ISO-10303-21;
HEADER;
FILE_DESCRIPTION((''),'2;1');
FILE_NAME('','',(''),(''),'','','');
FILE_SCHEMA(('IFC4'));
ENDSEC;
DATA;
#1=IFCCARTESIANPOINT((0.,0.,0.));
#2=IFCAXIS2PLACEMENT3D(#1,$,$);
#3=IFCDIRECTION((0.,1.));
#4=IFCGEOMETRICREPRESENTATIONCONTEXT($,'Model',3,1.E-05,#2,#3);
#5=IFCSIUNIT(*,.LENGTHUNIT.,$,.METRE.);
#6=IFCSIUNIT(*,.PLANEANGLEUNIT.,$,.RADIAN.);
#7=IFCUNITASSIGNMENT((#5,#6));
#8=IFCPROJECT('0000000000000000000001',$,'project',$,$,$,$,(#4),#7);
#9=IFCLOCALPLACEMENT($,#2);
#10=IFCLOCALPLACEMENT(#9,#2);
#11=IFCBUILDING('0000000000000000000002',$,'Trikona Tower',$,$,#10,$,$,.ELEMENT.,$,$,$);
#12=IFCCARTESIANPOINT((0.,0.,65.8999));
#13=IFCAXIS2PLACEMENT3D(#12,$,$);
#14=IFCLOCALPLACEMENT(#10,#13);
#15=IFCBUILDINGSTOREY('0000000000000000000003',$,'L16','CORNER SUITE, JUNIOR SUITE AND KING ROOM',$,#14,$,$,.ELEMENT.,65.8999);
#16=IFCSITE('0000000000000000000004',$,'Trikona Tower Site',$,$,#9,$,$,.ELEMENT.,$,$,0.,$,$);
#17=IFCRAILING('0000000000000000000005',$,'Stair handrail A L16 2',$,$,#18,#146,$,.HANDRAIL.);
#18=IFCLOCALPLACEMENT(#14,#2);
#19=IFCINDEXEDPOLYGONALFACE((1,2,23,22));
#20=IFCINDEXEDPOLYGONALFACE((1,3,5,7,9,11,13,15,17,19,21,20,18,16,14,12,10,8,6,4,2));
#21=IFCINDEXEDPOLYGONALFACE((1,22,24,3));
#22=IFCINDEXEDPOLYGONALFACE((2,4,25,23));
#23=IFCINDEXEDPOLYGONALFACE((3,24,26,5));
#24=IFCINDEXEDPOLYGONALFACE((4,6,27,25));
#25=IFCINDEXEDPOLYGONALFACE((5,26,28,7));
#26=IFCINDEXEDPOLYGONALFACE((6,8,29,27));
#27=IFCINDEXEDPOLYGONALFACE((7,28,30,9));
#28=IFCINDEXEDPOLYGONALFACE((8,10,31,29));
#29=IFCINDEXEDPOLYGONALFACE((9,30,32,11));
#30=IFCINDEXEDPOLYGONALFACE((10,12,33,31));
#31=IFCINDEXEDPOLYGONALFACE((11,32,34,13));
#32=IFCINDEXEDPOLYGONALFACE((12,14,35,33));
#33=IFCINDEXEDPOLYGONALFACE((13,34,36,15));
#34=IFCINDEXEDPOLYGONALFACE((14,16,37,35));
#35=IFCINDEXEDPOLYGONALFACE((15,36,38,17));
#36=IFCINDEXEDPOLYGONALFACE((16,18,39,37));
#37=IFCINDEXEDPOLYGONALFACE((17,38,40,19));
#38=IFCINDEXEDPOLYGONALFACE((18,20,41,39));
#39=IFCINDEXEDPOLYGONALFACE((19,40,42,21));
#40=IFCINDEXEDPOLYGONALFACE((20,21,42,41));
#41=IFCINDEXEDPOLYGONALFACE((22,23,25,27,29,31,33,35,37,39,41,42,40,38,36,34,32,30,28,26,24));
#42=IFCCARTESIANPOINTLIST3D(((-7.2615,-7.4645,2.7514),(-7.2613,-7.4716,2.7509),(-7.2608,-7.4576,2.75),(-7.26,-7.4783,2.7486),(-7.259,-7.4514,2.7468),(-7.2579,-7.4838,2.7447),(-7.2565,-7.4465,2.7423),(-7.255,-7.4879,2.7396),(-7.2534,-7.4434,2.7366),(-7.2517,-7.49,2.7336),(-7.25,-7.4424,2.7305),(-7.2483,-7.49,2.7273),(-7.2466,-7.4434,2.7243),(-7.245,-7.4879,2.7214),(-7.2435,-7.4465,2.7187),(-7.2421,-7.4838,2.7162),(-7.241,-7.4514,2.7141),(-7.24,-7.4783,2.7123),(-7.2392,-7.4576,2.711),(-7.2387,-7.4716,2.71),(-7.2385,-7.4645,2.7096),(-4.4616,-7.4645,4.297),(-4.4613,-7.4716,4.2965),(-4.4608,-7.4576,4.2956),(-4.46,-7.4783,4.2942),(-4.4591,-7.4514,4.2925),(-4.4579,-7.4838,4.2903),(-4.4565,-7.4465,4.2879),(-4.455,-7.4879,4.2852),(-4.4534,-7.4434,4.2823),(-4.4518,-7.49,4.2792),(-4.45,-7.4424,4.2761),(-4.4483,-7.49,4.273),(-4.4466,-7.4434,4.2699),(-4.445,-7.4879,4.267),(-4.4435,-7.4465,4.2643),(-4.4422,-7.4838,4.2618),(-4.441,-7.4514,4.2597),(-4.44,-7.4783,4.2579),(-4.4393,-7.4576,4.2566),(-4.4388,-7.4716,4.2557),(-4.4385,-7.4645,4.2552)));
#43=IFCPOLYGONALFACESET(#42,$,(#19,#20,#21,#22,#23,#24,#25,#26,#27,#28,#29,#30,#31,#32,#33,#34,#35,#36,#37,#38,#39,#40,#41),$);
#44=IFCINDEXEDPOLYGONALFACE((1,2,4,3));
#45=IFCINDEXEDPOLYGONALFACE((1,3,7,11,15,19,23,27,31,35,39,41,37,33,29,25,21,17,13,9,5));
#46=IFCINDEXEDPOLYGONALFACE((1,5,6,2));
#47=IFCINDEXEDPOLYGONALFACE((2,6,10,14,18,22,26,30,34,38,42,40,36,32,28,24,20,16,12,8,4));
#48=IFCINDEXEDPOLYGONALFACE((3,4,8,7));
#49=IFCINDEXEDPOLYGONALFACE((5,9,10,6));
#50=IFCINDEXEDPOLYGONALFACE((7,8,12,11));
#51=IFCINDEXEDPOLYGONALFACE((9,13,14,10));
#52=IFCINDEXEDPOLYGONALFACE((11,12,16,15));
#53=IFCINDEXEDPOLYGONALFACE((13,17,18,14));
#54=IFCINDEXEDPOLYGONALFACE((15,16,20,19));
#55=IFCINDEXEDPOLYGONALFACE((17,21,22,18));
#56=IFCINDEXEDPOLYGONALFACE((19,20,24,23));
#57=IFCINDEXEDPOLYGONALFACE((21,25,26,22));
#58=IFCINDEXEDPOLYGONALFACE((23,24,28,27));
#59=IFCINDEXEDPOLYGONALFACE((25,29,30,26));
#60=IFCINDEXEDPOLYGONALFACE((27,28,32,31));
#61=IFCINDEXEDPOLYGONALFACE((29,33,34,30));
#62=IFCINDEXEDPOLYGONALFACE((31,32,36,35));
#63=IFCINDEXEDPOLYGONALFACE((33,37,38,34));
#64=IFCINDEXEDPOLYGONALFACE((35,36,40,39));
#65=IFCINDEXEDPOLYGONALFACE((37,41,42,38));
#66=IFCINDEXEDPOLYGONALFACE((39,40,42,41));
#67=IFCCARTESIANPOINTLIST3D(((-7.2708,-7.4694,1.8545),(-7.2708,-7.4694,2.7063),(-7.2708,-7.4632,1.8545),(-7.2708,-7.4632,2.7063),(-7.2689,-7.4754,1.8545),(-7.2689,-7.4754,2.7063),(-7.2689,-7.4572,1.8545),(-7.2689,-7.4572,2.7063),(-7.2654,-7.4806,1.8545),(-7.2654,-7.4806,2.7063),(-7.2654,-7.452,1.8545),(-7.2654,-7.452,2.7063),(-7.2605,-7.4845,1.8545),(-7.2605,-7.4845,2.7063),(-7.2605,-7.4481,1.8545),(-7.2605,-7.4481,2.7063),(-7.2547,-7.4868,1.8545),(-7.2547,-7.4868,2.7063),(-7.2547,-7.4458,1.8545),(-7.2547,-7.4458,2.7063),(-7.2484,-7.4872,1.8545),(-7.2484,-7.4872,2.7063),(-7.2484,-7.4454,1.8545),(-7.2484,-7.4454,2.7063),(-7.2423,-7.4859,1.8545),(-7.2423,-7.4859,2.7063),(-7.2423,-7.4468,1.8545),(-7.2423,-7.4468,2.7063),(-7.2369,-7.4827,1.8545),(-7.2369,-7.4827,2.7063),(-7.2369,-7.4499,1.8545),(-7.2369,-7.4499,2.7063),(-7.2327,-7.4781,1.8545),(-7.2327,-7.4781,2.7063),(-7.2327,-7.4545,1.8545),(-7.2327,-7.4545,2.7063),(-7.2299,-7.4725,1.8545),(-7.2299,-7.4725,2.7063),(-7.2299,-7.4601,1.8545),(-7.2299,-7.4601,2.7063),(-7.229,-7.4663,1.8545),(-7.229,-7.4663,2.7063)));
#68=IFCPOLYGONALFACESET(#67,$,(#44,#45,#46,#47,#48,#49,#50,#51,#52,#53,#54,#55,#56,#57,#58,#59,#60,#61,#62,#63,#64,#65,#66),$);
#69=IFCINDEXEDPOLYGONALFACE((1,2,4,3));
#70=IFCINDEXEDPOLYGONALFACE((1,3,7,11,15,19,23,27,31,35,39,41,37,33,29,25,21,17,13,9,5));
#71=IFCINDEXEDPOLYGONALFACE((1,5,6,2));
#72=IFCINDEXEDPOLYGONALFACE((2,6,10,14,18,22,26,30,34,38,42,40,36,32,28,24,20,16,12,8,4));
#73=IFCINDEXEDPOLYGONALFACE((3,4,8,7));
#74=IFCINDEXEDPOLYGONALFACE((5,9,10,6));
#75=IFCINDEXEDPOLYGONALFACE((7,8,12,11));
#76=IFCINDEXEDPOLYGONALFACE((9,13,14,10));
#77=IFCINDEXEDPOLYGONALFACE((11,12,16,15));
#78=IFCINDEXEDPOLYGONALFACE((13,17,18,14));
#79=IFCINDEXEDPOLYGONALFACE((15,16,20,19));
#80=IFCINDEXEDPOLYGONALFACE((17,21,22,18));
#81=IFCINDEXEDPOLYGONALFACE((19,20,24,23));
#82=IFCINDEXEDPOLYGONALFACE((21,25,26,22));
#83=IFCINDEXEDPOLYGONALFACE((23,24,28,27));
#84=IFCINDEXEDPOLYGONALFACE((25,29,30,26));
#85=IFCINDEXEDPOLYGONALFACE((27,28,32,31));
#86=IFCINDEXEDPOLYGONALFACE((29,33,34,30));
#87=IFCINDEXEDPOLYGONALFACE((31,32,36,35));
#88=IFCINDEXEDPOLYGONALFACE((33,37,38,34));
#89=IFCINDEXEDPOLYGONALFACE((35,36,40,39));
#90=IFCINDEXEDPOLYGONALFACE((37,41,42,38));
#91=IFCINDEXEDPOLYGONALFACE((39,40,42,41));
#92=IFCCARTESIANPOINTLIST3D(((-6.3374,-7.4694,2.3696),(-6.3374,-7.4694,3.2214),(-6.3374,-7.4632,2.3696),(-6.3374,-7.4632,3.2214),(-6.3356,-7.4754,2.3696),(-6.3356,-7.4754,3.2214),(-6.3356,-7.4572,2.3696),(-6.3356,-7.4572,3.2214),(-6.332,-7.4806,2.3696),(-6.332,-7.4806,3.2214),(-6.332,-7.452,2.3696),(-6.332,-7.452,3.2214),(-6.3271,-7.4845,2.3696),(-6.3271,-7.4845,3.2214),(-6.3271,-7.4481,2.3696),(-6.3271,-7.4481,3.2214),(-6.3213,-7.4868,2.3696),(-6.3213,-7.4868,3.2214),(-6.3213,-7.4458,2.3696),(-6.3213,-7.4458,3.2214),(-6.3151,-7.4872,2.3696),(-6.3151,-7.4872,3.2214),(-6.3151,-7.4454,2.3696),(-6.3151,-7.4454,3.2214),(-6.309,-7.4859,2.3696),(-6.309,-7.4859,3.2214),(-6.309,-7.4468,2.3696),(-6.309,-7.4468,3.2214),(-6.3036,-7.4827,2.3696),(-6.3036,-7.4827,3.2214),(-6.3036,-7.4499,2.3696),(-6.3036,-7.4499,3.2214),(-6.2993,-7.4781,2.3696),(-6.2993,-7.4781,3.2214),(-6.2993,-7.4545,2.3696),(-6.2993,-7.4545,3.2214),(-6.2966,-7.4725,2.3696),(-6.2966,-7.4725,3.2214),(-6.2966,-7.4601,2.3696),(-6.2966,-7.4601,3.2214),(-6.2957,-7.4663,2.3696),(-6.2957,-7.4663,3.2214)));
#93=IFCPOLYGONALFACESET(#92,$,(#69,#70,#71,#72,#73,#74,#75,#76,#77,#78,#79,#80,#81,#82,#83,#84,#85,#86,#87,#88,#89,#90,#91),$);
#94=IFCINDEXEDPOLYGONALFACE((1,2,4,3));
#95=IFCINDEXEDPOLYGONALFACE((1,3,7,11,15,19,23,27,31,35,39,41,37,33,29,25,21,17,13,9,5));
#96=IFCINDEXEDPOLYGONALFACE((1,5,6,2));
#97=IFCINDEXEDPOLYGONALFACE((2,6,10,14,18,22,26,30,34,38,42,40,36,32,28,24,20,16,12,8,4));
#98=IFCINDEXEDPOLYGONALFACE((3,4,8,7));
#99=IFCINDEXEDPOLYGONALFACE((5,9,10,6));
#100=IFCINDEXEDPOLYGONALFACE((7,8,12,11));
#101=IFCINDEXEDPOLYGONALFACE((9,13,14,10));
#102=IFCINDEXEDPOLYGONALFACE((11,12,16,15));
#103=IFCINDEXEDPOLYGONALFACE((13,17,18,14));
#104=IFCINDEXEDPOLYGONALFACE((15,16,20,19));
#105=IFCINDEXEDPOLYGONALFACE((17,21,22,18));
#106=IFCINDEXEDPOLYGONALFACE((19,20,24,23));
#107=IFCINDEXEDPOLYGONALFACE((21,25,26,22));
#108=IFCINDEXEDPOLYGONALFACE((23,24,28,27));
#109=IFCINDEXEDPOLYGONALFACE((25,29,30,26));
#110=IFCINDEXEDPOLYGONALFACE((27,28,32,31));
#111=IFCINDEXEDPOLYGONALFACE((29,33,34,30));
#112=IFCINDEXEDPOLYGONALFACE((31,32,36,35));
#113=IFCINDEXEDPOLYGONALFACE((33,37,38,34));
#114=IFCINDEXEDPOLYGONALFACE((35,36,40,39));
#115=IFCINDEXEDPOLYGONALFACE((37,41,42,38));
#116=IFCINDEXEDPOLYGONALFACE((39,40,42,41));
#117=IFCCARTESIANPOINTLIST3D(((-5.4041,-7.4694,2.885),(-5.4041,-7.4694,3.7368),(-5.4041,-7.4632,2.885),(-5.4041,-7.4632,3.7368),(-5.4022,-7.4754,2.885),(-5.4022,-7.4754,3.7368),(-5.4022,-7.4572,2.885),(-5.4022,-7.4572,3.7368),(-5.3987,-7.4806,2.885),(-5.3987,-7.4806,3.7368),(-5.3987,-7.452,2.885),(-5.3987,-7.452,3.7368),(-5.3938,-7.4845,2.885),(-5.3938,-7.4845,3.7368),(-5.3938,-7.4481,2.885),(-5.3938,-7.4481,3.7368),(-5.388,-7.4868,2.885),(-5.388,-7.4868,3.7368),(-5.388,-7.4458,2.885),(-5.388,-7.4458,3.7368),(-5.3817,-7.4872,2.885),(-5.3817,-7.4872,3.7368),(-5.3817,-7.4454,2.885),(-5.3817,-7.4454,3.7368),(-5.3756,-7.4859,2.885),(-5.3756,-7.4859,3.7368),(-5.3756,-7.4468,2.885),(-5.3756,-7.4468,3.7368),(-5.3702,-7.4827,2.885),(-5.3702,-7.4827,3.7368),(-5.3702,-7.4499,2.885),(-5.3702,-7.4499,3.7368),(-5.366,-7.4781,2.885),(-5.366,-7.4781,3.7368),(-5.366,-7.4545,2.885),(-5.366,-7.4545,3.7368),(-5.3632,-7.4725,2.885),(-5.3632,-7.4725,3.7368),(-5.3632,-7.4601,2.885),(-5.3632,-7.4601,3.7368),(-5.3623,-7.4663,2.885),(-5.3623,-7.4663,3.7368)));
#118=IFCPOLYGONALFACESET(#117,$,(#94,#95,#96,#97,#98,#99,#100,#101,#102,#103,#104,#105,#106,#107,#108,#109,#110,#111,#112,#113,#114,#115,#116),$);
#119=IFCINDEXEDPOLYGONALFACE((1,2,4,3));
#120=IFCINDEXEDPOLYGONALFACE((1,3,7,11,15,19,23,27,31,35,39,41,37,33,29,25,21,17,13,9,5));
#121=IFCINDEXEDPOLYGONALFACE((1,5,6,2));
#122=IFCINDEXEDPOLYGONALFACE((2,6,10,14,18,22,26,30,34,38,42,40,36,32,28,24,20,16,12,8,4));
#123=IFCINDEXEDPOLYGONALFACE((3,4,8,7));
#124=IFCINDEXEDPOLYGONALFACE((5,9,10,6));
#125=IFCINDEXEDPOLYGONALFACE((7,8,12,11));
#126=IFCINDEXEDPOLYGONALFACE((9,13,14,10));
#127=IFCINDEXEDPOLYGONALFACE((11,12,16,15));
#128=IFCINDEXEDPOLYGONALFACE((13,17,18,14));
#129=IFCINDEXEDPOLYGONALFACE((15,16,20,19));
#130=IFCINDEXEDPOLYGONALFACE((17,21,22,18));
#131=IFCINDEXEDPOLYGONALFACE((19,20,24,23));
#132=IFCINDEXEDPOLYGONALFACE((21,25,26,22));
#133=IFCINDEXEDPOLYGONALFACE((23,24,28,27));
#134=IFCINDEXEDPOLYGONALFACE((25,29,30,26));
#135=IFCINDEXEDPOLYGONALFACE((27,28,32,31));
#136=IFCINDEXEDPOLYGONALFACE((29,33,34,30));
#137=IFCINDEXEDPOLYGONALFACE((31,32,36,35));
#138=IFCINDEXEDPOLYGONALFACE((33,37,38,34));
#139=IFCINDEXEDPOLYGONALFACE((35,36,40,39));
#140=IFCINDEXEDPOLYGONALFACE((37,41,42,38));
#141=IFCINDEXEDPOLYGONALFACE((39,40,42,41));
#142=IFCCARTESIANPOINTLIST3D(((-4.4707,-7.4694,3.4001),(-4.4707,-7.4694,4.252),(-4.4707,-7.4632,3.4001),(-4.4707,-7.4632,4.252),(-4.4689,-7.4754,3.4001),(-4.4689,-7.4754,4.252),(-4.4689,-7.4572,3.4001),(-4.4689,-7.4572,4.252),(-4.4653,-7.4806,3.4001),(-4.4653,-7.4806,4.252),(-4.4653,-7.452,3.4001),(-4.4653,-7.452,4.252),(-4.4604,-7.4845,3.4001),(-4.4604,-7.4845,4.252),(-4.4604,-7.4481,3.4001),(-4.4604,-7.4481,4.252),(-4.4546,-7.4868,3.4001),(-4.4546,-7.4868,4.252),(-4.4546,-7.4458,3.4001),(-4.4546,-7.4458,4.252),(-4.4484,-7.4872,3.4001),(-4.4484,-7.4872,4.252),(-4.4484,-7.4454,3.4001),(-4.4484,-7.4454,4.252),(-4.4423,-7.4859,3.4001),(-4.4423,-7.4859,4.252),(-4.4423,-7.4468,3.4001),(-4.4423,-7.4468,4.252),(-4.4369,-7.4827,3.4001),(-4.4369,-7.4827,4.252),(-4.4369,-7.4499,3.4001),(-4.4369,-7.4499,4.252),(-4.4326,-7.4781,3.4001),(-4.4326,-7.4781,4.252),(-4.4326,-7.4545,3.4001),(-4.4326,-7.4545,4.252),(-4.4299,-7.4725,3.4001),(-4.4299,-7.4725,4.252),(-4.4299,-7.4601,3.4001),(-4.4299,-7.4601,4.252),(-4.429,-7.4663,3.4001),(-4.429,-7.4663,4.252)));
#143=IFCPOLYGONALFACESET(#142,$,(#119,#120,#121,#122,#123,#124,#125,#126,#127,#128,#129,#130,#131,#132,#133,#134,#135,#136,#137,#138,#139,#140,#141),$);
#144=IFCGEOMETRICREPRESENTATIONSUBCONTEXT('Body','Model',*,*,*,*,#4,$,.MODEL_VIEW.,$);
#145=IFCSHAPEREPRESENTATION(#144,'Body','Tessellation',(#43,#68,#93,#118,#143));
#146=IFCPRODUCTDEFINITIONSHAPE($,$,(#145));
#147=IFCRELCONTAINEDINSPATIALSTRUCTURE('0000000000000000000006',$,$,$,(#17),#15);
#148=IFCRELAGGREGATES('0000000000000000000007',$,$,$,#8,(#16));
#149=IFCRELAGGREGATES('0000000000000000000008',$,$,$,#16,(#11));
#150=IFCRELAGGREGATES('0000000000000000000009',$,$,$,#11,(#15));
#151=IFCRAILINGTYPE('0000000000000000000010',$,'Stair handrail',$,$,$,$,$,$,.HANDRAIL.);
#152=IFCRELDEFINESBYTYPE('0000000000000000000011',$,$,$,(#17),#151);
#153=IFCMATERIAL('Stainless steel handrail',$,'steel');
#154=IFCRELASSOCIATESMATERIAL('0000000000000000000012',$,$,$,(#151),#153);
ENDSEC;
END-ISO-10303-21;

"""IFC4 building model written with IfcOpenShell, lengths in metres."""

from ifc_helpers import new_model, si_unit, direction, frame, origin, origin_2d, place, context, subcontext, project, spatial, circle, extrude, material, type_object, element, save


model = new_model("IFC4")

# Units and contexts
model_context = context("Model", 3, precision=1e-05, world=origin(), true_north=direction((0.0, 1.0)))
body_context = subcontext(model_context, "Body", "Model", "MODEL_VIEW")
ifc_project = project(units=[si_unit("LENGTHUNIT", "METRE"), si_unit("PLANEANGLEUNIT", "RADIAN")], contexts=[model_context])

# Site, building, storey
site_placement = place(None, origin())
site = spatial("IfcSite", under=ifc_project, at=site_placement, Name="Trikona Tower Site", CompositionType="ELEMENT", RefElevation=0.0)
building_placement = place(site_placement, origin())
building = spatial("IfcBuilding", under=site, at=building_placement, Name="Trikona Tower", CompositionType="ELEMENT")
storey_placement = place(building_placement, frame((0.0, 0.0, 65.8999)))
storey = spatial("IfcBuildingStorey", under=building, at=storey_placement, Name="L16", Description="CORNER SUITE, JUNIOR SUITE AND KING ROOM", CompositionType="ELEMENT", Elevation=65.8999)

# Railing
ifc_material_1 = material(Name="Stainless steel handrail", Category="steel")
railing_type = type_object("IfcRailingType", Name="Stair handrail", PredefinedType="HANDRAIL", material=ifc_material_1)
railing_placement = place(storey_placement, frame((-7.25, -7.4663, 1.8545)))
element("IfcRailing", 1, at=railing_placement, inside=storey, type_object=railing_type, Name="Stair handrail A L16 2", PredefinedType="HANDRAIL", context=body_context, shape_type="SweptSolid", body=[
    extrude(circle(Radius=0.0239, at=origin_2d()), frame((0.0, 0.0, 0.876), z_axis=(0.875472, 0.0, 0.483269), x_axis=(0.0, 1.0, 0.0)), (0.0, 0.0, 1.0), 3.1982),
    extrude(circle(Radius=0.021, at=origin_2d()), origin(), (0.0, 0.0, 1.0), 0.8518),
    extrude(circle(Radius=0.021, at=origin_2d()), frame((0.9333, 0.0, 0.5151)), (0.0, 0.0, 1.0), 0.8518),
    extrude(circle(Radius=0.021, at=origin_2d()), frame((1.8667, 0.0, 1.0305)), (0.0, 0.0, 1.0), 0.8518),
    extrude(circle(Radius=0.021, at=origin_2d()), frame((2.8, 0.0, 1.5457)), (0.0, 0.0, 1.0), 0.8518),
])

save(model, "model.ifc")
